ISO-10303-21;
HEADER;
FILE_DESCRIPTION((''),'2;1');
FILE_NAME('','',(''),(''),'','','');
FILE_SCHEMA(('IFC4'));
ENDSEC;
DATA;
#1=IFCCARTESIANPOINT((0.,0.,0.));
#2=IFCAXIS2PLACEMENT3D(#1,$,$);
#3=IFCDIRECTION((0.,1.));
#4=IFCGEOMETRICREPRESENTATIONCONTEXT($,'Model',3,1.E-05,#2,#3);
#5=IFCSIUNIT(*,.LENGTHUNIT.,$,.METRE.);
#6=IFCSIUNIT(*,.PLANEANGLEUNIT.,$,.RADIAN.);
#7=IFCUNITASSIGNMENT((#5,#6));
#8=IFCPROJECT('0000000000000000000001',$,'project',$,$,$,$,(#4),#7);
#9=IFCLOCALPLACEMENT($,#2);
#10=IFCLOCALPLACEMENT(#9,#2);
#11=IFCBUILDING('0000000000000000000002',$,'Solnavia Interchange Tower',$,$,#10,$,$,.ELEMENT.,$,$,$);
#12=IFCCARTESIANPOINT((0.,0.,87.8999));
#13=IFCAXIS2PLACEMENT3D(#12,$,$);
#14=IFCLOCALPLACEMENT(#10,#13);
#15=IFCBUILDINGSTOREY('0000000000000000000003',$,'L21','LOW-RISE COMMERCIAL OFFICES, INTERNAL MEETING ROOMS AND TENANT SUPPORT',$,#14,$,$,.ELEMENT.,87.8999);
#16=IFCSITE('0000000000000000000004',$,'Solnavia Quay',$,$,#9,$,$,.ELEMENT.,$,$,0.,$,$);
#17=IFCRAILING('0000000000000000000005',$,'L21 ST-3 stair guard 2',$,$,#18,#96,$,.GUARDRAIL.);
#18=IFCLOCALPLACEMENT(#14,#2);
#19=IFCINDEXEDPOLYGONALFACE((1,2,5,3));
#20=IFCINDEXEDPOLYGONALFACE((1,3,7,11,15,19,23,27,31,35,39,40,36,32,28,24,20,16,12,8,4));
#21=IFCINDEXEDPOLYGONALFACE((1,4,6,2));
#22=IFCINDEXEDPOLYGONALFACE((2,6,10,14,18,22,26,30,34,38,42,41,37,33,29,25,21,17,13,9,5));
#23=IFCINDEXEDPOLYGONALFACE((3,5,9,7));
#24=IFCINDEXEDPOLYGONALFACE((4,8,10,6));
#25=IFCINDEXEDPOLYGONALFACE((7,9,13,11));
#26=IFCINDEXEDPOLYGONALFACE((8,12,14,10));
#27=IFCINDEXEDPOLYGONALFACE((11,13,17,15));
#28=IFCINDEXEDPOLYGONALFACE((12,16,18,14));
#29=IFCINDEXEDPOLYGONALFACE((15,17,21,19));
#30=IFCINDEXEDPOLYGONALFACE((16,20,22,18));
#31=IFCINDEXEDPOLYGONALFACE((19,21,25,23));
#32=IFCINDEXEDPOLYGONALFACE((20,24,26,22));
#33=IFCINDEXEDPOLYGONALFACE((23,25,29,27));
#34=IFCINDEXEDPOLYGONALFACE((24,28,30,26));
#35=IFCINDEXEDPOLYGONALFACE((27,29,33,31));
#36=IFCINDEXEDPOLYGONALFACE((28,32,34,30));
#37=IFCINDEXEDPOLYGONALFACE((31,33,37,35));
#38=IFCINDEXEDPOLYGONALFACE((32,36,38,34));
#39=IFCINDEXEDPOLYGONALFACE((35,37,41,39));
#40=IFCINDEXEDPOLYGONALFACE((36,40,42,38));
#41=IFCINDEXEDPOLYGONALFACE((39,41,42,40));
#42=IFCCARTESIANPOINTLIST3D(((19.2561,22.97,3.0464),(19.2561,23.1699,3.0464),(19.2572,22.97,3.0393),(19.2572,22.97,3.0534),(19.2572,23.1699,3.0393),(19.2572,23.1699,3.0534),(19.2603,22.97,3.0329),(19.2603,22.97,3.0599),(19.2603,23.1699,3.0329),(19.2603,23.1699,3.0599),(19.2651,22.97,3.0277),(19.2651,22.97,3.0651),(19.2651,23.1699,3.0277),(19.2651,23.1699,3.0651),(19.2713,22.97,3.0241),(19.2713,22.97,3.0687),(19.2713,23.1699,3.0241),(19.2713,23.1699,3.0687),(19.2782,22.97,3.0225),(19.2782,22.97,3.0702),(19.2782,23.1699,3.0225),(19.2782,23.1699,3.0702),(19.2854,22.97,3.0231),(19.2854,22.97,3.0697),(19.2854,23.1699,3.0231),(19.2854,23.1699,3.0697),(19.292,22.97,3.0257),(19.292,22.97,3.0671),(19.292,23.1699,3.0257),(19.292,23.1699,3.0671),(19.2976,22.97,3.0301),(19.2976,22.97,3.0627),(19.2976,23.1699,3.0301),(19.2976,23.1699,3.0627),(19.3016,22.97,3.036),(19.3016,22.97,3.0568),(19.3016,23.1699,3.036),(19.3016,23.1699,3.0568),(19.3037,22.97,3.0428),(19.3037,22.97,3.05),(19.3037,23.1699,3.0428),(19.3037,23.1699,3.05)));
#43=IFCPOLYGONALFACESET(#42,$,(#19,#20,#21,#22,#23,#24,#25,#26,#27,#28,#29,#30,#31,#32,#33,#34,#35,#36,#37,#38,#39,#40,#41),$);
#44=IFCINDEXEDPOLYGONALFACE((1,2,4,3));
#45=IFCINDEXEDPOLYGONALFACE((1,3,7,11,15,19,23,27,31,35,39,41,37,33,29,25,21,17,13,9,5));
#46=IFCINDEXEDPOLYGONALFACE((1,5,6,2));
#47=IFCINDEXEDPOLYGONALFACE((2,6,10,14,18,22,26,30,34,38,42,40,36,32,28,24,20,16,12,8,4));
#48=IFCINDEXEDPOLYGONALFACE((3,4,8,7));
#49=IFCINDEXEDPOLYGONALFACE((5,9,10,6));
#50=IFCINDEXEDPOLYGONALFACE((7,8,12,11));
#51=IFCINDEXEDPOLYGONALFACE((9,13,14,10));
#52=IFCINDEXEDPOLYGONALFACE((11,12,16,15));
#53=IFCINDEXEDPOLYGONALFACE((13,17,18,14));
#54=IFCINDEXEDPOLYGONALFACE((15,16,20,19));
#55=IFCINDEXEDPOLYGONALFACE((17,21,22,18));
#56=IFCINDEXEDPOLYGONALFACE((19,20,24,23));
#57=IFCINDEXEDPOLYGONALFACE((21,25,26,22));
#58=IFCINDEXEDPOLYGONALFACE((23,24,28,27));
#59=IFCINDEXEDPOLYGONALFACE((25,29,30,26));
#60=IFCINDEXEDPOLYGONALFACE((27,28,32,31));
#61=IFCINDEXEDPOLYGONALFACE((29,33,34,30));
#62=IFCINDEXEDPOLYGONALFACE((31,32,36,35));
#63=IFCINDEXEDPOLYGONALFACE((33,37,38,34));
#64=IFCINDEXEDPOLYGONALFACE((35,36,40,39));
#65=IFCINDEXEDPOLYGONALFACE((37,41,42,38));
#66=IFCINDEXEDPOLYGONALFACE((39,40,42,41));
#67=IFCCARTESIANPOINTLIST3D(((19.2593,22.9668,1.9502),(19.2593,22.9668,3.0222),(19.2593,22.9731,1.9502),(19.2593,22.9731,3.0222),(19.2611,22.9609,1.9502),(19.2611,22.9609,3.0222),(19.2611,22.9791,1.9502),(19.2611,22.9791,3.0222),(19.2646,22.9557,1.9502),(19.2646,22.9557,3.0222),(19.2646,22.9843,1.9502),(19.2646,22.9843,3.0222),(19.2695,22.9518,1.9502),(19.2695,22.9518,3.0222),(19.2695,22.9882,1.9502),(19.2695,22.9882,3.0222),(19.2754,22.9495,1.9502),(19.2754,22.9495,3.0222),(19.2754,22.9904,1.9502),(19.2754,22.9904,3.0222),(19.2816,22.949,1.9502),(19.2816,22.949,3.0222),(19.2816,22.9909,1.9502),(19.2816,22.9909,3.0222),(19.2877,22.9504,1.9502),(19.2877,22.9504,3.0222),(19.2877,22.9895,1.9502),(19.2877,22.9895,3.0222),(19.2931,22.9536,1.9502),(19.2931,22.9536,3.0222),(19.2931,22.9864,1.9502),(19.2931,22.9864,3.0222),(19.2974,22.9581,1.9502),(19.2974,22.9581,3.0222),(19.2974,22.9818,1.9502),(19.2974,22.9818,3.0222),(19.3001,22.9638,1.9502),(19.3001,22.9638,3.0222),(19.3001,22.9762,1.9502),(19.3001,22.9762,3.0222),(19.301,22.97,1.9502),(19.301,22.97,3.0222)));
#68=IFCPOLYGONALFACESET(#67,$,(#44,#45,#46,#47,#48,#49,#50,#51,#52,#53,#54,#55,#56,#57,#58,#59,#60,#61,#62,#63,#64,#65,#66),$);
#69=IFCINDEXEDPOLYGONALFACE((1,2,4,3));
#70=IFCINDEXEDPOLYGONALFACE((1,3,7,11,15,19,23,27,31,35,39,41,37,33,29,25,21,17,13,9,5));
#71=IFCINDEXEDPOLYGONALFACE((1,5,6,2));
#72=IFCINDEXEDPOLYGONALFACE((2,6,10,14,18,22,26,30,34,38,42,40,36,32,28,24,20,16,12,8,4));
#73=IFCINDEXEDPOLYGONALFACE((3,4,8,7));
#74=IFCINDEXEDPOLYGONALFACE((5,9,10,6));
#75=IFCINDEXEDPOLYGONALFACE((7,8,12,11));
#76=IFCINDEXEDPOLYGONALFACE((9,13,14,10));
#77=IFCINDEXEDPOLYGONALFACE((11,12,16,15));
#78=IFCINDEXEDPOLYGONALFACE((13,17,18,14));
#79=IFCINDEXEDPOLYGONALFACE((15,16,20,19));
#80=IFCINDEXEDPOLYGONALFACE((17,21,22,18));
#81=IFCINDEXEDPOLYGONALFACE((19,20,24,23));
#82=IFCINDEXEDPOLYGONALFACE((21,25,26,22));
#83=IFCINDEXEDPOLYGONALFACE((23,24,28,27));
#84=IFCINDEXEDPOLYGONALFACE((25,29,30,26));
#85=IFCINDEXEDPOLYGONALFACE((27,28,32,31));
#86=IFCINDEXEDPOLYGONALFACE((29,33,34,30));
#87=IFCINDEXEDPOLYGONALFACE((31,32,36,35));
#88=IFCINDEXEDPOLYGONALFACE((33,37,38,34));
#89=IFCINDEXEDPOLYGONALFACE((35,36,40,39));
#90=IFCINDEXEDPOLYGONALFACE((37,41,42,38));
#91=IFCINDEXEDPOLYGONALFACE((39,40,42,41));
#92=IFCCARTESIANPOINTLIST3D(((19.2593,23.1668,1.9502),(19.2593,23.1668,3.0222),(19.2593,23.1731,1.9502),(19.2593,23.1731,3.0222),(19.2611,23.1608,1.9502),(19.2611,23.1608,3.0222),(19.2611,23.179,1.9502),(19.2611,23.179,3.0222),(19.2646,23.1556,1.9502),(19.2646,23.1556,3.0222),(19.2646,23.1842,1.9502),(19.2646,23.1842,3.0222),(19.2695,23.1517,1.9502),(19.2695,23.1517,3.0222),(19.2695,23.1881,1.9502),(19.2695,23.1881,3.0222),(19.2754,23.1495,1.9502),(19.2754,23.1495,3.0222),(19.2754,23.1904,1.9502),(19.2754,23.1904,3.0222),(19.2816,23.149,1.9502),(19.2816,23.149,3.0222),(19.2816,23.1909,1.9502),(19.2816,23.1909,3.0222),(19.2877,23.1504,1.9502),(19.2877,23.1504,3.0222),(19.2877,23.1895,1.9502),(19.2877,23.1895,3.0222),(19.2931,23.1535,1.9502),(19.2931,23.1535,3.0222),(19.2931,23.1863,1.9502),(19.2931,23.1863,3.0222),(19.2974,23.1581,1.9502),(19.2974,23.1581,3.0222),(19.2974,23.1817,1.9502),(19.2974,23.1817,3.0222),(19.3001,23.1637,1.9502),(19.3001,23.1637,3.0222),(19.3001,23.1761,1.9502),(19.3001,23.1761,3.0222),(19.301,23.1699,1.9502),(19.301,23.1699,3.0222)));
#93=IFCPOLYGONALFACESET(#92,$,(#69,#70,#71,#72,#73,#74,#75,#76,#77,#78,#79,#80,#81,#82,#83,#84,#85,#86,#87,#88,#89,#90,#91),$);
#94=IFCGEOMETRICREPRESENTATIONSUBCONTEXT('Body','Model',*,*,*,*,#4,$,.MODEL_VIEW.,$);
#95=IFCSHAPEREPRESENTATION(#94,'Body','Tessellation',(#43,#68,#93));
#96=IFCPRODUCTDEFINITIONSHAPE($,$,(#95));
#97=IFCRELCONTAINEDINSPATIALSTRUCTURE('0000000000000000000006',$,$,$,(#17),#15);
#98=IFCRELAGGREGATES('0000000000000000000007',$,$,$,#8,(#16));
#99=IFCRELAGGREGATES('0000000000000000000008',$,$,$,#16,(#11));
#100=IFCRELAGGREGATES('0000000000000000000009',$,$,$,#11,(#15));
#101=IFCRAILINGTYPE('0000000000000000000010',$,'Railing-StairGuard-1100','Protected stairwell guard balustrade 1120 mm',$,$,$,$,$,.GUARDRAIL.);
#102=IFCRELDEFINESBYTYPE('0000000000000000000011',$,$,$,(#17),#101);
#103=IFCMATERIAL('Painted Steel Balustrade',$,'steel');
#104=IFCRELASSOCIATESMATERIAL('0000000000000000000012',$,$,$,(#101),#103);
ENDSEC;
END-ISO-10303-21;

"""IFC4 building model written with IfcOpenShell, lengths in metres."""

from ifc_helpers import new_model, si_unit, direction, frame, origin, origin_2d, place, context, subcontext, project, spatial, circle, extrude, material, type_object, element, save


model = new_model("IFC4")

# Units and contexts
model_context = context("Model", 3, precision=1e-05, world=origin(), true_north=direction((0.0, 1.0)))
body_context = subcontext(model_context, "Body", "Model", "MODEL_VIEW")
ifc_project = project(units=[si_unit("LENGTHUNIT", "METRE"), si_unit("PLANEANGLEUNIT", "RADIAN")], contexts=[model_context])

# Site, building, storey
site_placement = place(None, origin())
site = spatial("IfcSite", under=ifc_project, at=site_placement, Name="Solnavia Quay", CompositionType="ELEMENT", RefElevation=0.0)
building_placement = place(site_placement, origin())
building = spatial("IfcBuilding", under=site, at=building_placement, Name="Solnavia Interchange Tower", CompositionType="ELEMENT")
storey_placement = place(building_placement, frame((0.0, 0.0, 87.8999)))
storey = spatial("IfcBuildingStorey", under=building, at=storey_placement, Name="L21", Description="LOW-RISE COMMERCIAL OFFICES, INTERNAL MEETING ROOMS AND TENANT SUPPORT", CompositionType="ELEMENT", Elevation=87.8999)

# Railing
ifc_material_1 = material(Name="Painted Steel Balustrade", Category="steel")
railing_type_1 = type_object("IfcRailingType", Name="Railing-StairGuard-1100", Description="Protected stairwell guard balustrade 1120 mm", PredefinedType="GUARDRAIL", material=ifc_material_1)
railing_1_placement = place(storey_placement, frame((19.28, 22.97, 1.9502)))
element("IfcRailing", 1, at=railing_1_placement, inside=storey, type_object=railing_type_1, Name="L21 ST-3 stair guard 2", PredefinedType="GUARDRAIL", context=body_context, shape_type="SweptSolid", body=[
    extrude(circle(Radius=0.0239, at=origin_2d()), frame((0.0, 0.0, 1.0962), z_axis=(0.0, 1.0, 0.0), x_axis=(-1.0, 0.0, 0.0)), (0.0, 0.0, 1.0), 0.2),
    extrude(circle(Radius=0.021, at=origin_2d()), origin(), (0.0, 0.0, 1.0), 1.072),
    extrude(circle(Radius=0.021, at=origin_2d()), frame((0.0, 0.2, 0.0)), (0.0, 0.0, 1.0), 1.072),
])

save(model, "model.ifc")
